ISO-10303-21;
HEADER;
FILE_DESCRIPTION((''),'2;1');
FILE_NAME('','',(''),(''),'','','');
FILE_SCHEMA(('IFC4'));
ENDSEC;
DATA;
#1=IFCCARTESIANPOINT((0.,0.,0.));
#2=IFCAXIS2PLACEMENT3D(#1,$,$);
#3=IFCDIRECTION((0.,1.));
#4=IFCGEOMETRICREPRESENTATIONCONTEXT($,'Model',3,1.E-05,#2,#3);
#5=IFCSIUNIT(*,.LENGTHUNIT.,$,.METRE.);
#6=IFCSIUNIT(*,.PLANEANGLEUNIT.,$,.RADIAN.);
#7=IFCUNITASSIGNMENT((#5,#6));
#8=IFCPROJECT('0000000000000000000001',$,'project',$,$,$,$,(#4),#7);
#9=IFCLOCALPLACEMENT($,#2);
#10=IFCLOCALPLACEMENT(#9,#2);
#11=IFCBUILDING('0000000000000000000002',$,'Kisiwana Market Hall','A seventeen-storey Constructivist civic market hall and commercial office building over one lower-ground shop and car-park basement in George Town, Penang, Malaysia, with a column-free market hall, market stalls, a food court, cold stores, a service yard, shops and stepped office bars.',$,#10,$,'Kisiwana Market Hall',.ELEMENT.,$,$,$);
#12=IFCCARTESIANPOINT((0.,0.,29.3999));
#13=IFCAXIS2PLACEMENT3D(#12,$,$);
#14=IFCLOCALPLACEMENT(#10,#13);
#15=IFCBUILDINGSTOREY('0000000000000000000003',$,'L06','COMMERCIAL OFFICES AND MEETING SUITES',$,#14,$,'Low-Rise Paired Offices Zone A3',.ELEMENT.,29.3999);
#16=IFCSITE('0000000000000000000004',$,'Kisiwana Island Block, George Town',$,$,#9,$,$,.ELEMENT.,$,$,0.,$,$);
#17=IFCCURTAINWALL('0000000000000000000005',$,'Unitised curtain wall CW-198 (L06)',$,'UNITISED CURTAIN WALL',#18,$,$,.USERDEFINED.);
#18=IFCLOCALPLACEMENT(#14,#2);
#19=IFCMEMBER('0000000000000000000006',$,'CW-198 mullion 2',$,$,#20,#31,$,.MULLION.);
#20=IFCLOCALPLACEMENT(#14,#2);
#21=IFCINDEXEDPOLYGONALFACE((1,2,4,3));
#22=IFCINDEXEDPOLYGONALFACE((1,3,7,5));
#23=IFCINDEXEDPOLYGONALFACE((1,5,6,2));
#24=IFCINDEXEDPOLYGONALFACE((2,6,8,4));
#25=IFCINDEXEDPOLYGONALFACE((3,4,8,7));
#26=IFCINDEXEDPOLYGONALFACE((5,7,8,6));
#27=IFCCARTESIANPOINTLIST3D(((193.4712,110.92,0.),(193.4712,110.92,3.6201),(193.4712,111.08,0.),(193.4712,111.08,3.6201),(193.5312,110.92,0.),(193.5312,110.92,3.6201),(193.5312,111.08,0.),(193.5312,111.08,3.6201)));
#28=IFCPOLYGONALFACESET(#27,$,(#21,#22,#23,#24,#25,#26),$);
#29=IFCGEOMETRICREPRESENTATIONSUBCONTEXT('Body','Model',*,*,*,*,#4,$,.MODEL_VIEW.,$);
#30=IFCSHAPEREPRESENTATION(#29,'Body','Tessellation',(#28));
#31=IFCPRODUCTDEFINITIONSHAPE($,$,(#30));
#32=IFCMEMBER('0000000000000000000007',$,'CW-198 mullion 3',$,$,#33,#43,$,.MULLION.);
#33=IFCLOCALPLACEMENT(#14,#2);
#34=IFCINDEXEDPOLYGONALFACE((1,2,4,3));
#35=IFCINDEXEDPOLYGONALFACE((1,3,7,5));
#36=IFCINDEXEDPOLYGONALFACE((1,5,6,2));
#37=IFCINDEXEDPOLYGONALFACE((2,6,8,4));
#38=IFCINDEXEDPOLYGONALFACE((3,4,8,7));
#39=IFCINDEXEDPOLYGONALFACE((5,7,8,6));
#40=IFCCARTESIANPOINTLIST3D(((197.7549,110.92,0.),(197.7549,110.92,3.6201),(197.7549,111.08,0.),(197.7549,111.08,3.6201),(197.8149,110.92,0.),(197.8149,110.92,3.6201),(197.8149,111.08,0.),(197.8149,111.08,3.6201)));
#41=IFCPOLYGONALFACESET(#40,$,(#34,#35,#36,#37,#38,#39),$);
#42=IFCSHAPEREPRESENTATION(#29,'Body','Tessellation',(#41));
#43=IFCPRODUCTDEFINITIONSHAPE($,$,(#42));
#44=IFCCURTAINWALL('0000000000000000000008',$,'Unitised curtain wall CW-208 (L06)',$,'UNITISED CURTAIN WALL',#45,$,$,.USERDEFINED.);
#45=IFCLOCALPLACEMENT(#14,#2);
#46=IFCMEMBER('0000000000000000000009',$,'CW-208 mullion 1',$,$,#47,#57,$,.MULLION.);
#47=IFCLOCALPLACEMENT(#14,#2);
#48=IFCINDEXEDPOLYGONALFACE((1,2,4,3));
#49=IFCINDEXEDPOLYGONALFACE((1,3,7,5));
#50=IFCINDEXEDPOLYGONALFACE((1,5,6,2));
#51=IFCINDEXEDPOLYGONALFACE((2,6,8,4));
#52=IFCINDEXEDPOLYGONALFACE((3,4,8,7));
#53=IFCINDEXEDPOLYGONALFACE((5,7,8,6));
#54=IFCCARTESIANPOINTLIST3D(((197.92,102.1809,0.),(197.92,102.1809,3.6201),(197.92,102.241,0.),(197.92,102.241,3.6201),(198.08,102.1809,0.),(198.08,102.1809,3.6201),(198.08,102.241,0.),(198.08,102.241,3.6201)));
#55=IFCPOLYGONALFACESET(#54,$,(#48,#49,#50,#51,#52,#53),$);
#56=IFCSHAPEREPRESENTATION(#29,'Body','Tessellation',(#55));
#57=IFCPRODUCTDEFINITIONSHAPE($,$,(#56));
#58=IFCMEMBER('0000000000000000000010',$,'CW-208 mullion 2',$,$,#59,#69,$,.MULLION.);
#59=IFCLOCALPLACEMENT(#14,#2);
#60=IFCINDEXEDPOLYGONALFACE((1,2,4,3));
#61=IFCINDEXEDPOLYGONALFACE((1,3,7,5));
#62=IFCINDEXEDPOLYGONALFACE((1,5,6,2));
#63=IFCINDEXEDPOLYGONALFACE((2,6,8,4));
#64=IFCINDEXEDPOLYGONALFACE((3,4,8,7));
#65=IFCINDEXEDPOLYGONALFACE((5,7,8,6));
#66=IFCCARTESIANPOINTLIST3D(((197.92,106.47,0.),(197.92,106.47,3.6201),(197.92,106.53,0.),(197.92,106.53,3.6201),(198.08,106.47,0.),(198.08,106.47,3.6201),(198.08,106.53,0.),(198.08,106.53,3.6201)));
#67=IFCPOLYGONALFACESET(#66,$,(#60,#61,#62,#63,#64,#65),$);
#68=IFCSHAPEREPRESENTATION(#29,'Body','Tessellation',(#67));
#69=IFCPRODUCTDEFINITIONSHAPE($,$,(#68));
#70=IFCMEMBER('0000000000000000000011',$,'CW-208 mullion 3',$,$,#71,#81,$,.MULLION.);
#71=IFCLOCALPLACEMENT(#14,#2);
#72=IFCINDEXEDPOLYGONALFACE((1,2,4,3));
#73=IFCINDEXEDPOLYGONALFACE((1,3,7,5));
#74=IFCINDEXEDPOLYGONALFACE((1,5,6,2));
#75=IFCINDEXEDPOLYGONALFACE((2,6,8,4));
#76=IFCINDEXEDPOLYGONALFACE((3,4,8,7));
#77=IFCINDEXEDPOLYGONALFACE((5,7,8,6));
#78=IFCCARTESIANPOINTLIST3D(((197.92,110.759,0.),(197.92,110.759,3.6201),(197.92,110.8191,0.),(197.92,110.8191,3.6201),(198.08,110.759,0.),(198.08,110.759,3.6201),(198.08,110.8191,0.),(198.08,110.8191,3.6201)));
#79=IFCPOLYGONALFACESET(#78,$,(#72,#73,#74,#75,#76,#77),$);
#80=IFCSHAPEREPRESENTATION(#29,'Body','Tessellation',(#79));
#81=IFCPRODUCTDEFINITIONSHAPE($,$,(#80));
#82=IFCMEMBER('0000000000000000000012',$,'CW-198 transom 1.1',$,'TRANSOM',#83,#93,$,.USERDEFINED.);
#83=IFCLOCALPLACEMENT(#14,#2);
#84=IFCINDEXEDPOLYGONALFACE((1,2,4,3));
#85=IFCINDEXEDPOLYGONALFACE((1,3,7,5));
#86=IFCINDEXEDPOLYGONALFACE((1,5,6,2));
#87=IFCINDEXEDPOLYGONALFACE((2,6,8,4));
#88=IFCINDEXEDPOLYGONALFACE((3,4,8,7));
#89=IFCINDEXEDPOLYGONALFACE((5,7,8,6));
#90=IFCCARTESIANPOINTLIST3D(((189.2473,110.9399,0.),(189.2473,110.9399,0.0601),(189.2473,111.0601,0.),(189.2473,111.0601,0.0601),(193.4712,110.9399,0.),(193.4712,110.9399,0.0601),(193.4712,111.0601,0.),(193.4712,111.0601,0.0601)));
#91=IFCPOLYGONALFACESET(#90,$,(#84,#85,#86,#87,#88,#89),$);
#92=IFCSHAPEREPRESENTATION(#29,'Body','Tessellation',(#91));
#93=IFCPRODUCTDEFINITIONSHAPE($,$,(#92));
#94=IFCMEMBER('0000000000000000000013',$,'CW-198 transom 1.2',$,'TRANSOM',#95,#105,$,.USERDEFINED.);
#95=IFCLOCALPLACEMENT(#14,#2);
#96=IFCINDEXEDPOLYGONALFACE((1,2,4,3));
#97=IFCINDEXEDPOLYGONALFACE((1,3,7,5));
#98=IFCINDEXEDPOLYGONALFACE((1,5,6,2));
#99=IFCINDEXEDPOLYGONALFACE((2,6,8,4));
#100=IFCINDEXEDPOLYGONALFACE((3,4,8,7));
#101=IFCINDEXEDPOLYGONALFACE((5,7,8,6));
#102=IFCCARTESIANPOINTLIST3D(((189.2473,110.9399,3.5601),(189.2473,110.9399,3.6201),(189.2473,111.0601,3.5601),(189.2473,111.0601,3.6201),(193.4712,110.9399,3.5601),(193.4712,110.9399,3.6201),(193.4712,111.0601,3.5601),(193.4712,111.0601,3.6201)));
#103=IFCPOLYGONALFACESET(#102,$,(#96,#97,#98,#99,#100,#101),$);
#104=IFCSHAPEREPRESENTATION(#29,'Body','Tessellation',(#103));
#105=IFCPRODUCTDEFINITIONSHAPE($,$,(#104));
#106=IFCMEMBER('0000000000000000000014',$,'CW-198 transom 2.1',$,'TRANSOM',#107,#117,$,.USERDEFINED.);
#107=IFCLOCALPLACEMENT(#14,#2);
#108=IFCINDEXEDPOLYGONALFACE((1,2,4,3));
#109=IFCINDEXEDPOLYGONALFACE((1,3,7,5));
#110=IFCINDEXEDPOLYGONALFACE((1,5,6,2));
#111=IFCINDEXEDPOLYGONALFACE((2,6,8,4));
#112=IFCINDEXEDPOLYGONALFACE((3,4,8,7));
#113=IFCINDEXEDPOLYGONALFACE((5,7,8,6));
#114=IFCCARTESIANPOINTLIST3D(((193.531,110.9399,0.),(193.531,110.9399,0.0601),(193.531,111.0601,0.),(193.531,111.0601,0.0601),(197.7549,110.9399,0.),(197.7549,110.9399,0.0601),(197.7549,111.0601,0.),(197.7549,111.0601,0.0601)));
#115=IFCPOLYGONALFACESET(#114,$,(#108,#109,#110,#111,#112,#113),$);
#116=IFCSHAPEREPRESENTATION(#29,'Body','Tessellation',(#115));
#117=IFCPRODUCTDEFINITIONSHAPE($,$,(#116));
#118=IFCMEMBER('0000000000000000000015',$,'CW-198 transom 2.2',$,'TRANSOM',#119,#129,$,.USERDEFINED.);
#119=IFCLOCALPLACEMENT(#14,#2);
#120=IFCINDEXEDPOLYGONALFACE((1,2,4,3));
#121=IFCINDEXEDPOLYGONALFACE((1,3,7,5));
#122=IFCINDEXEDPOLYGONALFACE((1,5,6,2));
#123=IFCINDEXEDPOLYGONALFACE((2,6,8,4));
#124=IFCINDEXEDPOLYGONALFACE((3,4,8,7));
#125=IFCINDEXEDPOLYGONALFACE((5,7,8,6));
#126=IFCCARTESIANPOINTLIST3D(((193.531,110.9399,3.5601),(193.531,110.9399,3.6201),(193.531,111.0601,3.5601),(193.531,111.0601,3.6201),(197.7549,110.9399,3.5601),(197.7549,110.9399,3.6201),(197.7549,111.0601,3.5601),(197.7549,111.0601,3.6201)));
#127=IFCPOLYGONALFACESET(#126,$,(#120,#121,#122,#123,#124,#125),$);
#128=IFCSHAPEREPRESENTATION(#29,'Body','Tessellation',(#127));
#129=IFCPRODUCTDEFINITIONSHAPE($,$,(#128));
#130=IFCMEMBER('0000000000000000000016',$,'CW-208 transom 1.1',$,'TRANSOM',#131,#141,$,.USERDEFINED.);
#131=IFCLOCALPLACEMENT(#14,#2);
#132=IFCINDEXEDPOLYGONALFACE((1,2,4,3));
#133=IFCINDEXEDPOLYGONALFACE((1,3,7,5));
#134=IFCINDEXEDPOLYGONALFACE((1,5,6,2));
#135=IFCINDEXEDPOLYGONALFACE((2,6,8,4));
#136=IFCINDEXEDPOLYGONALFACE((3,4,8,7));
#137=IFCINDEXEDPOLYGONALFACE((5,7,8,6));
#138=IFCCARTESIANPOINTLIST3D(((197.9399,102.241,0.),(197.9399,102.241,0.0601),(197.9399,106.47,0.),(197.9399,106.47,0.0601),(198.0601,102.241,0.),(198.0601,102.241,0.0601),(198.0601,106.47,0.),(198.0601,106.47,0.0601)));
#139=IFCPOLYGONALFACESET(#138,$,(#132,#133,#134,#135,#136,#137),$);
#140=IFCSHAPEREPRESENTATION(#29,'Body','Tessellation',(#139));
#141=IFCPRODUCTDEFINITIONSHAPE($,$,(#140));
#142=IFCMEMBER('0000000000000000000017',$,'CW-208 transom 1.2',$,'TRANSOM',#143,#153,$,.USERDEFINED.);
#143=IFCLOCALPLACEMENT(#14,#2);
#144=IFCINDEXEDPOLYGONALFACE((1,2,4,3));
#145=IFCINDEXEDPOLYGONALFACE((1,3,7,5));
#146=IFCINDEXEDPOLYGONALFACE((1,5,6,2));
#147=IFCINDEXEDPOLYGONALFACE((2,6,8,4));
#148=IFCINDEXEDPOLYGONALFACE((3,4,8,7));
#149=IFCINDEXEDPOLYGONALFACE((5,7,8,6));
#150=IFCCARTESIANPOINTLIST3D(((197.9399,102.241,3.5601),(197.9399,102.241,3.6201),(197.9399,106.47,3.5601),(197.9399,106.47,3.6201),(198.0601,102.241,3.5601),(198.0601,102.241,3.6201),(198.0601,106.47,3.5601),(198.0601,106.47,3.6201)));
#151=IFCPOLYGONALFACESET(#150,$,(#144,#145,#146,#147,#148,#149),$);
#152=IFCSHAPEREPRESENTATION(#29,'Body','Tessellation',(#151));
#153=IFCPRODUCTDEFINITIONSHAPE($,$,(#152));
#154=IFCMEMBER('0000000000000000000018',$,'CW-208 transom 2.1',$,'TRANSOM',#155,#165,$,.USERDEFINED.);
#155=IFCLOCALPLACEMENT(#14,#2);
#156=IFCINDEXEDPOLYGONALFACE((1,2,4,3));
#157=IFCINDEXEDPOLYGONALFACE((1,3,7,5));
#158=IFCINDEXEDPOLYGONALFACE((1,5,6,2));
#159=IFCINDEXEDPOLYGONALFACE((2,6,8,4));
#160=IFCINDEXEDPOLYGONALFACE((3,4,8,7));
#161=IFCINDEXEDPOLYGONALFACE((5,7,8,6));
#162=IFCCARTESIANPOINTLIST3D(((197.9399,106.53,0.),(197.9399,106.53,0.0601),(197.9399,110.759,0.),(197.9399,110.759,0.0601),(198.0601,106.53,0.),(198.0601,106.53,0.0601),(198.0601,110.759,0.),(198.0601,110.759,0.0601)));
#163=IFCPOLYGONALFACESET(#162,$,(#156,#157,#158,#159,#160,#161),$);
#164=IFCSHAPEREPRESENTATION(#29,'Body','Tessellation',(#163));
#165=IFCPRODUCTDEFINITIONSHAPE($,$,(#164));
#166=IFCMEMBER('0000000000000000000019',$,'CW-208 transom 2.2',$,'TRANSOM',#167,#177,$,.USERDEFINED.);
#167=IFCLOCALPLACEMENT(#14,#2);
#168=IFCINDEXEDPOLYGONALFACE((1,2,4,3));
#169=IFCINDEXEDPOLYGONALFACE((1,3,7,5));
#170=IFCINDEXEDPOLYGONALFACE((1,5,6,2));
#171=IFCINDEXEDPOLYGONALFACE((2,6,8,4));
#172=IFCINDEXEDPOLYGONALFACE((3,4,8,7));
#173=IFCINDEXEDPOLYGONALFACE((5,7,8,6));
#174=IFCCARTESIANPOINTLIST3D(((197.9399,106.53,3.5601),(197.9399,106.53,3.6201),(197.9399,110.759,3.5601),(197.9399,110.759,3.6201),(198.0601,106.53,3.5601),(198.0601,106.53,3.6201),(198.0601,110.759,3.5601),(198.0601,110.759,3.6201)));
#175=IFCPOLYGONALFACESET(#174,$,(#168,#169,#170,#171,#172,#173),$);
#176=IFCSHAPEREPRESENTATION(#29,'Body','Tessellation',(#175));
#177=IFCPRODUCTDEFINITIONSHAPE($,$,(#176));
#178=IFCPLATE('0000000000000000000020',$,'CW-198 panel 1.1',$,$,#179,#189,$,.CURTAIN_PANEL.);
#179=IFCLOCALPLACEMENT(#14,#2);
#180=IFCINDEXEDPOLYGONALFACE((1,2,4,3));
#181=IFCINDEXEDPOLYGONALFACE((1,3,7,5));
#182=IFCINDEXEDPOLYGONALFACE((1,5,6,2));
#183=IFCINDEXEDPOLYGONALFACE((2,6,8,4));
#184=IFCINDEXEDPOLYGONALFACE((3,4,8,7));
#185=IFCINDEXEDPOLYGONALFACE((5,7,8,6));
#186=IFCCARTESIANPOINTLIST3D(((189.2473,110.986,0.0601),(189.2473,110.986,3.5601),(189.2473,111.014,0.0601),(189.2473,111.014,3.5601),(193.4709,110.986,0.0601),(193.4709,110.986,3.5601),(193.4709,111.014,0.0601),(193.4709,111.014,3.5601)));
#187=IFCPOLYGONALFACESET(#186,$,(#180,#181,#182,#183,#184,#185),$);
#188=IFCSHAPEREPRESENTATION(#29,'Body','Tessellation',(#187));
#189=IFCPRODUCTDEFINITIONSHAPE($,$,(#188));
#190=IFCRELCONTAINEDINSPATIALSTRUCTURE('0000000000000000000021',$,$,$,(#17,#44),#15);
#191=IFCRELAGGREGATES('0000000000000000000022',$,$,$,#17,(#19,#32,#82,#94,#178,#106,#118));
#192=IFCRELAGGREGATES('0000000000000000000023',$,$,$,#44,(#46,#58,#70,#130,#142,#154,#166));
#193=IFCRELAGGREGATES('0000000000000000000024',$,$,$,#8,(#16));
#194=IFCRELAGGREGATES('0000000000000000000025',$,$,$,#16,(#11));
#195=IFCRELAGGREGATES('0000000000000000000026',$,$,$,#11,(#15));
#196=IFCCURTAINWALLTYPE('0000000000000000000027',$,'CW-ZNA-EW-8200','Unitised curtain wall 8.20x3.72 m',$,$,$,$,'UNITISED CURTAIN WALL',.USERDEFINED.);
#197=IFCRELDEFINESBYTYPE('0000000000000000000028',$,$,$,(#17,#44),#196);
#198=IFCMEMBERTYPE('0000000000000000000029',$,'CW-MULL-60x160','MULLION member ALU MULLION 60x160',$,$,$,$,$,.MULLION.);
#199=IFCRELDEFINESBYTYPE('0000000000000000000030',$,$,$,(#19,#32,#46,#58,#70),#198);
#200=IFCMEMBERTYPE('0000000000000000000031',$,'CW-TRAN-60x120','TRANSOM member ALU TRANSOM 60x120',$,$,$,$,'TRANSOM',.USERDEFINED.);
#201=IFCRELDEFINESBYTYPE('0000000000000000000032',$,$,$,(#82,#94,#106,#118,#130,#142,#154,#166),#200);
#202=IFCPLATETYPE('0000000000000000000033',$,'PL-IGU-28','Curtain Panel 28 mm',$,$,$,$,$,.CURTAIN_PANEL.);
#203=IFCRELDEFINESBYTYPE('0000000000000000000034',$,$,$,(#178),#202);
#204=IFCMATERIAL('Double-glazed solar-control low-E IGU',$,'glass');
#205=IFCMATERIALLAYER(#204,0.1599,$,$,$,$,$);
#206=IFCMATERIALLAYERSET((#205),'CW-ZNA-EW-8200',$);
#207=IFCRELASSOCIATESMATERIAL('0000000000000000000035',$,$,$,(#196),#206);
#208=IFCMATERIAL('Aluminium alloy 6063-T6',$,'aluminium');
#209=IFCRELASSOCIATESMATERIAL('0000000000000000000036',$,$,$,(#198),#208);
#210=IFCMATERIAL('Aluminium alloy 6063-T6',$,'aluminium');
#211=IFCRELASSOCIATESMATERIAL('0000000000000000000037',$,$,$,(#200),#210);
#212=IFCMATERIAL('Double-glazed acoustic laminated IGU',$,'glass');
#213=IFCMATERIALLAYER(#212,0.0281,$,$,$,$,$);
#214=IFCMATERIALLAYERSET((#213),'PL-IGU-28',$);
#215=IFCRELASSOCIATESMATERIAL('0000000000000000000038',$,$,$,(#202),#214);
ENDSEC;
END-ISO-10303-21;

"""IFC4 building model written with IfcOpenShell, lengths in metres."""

from ifc_helpers import new_model, si_unit, direction, frame, origin, origin_2d, place, context, subcontext, project, spatial, rectangle, extrude, material, layer, layer_set, material_profile, profile_set, type_object, element, aggregate, save


model = new_model("IFC4")

# Units and contexts
model_context = context("Model", 3, precision=1e-05, world=origin(), true_north=direction((0.0, 1.0)))
body_context = subcontext(model_context, "Body", "Model", "MODEL_VIEW")
ifc_project = project(units=[si_unit("LENGTHUNIT", "METRE"), si_unit("PLANEANGLEUNIT", "RADIAN")], contexts=[model_context])

# Site, building, storey
site_placement = place(None, origin())
site = spatial("IfcSite", under=ifc_project, at=site_placement, Name="Kisiwana Island Block, George Town", CompositionType="ELEMENT", RefElevation=0.0)
building_placement = place(site_placement, origin())
building = spatial("IfcBuilding", under=site, at=building_placement, Name="Kisiwana Market Hall", Description="A seventeen-storey Constructivist civic market hall and commercial office building over one lower-ground shop and car-park basement in George Town, Penang, Malaysia, with a column-free market hall, market stalls, a food court, cold stores, a service yard, shops and stepped office bars.", LongName="Kisiwana Market Hall", CompositionType="ELEMENT")
storey_placement = place(building_placement, frame((0.0, 0.0, 29.3999)))
storey = spatial("IfcBuildingStorey", under=building, at=storey_placement, Name="L06", Description="COMMERCIAL OFFICES AND MEETING SUITES", LongName="Low-Rise Paired Offices Zone A3", CompositionType="ELEMENT", Elevation=29.3999)

# Curtain walls, members
ifc_material_1 = material(Name="Double-glazed solar-control low-E IGU", Category="glass")
ifc_layer_1 = layer(ifc_material_1, 0.1599)
ifc_layer_set_1 = layer_set([ifc_layer_1], Name="CW-ZNA-EW-8200")
curtain_wall_type = type_object("IfcCurtainWallType", Name="CW-ZNA-EW-8200", Description="Unitised curtain wall 8.20x3.72 m", ElementType="UNITISED CURTAIN WALL", PredefinedType="USERDEFINED", material=ifc_layer_set_1)
curtain_wall_1_placement = place(storey_placement, origin())
curtain_wall_1 = element("IfcCurtainWall", 1, at=curtain_wall_1_placement, inside=storey, type_object=curtain_wall_type, Name="Unitised curtain wall CW-198 (L06)", ObjectType="UNITISED CURTAIN WALL", PredefinedType="USERDEFINED")
ifc_material_2 = material(Name="Aluminium alloy 6063-T6", Category="aluminium")
ifc_material_profile_1 = material_profile(ifc_material_2, rectangle(XDim=0.0601, YDim=0.1599, at=origin_2d()), Name="ALU MULLION 60x160")
ifc_profile_set_1 = profile_set([ifc_material_profile_1], Name="Aluminium alloy 6063-T6")
member_type_1 = type_object("IfcMemberType", Name="CW-MULL-60x160", Description="MULLION member ALU MULLION 60x160", PredefinedType="MULLION", material=ifc_profile_set_1)
member_1_placement = place(storey_placement, frame((193.5012, 111.0, 0.0), z_axis=(0.0, 0.0, 1.0), x_axis=(1.0, 0.0, 0.0)))
member_1 = element("IfcMember", 2, at=member_1_placement, type_object=member_type_1, Name="CW-198 mullion 2", PredefinedType="MULLION", context=body_context, shape_type="SweptSolid", body=[
    extrude(rectangle(XDim=0.0601, YDim=0.1599, at=origin_2d()), origin(), (0.0, 0.0, 1.0), 3.6201),
])
member_2_placement = place(storey_placement, frame((197.7849, 111.0, 0.0), z_axis=(0.0, 0.0, 1.0), x_axis=(1.0, 0.0, 0.0)))
member_2 = element("IfcMember", 3, at=member_2_placement, type_object=member_type_1, Name="CW-198 mullion 3", PredefinedType="MULLION", context=body_context, shape_type="SweptSolid", body=[
    extrude(rectangle(XDim=0.0601, YDim=0.1599, at=origin_2d()), origin(), (0.0, 0.0, 1.0), 3.6201),
])
curtain_wall_2_placement = place(storey_placement, origin())
curtain_wall_2 = element("IfcCurtainWall", 4, at=curtain_wall_2_placement, inside=storey, type_object=curtain_wall_type, Name="Unitised curtain wall CW-208 (L06)", ObjectType="UNITISED CURTAIN WALL", PredefinedType="USERDEFINED")
member_3_placement = place(storey_placement, frame((198.0, 102.2109, 0.0), z_axis=(0.0, 0.0, 1.0), x_axis=(0.0, 1.0, 0.0)))
member_3 = element("IfcMember", 5, at=member_3_placement, type_object=member_type_1, Name="CW-208 mullion 1", PredefinedType="MULLION", context=body_context, shape_type="SweptSolid", body=[
    extrude(rectangle(XDim=0.0601, YDim=0.1599, at=origin_2d()), origin(), (0.0, 0.0, 1.0), 3.6201),
])
member_4_placement = place(storey_placement, frame((198.0, 106.5, 0.0), z_axis=(0.0, 0.0, 1.0), x_axis=(0.0, 1.0, 0.0)))
member_4 = element("IfcMember", 6, at=member_4_placement, type_object=member_type_1, Name="CW-208 mullion 2", PredefinedType="MULLION", context=body_context, shape_type="SweptSolid", body=[
    extrude(rectangle(XDim=0.0601, YDim=0.1599, at=origin_2d()), origin(), (0.0, 0.0, 1.0), 3.6201),
])
member_5_placement = place(storey_placement, frame((198.0, 110.7891, 0.0), z_axis=(0.0, 0.0, 1.0), x_axis=(0.0, 1.0, 0.0)))
member_5 = element("IfcMember", 7, at=member_5_placement, type_object=member_type_1, Name="CW-208 mullion 3", PredefinedType="MULLION", context=body_context, shape_type="SweptSolid", body=[
    extrude(rectangle(XDim=0.0601, YDim=0.1599, at=origin_2d()), origin(), (0.0, 0.0, 1.0), 3.6201),
])

# Members
ifc_material_3 = material(Name="Aluminium alloy 6063-T6", Category="aluminium")
ifc_material_profile_2 = material_profile(ifc_material_3, rectangle(XDim=0.1201, YDim=0.0601, at=origin_2d()), Name="ALU TRANSOM 60x120")
ifc_profile_set_2 = profile_set([ifc_material_profile_2], Name="Aluminium alloy 6063-T6")
member_type_2 = type_object("IfcMemberType", Name="CW-TRAN-60x120", Description="TRANSOM member ALU TRANSOM 60x120", ElementType="TRANSOM", PredefinedType="USERDEFINED", material=ifc_profile_set_2)
member_6_placement = place(storey_placement, frame((189.2473, 111.0, 0.03), z_axis=(1.0, 0.0, 0.0), x_axis=(0.0, 1.0, 0.0)))
member_6 = element("IfcMember", 8, at=member_6_placement, type_object=member_type_2, Name="CW-198 transom 1.1", ObjectType="TRANSOM", PredefinedType="USERDEFINED", context=body_context, shape_type="SweptSolid", body=[
    extrude(rectangle(XDim=0.1201, YDim=0.0601, at=origin_2d()), origin(), (0.0, 0.0, 1.0), 4.2239),
])
member_7_placement = place(storey_placement, frame((189.2473, 111.0, 3.5901), z_axis=(1.0, 0.0, 0.0), x_axis=(0.0, 1.0, 0.0)))
member_7 = element("IfcMember", 9, at=member_7_placement, type_object=member_type_2, Name="CW-198 transom 1.2", ObjectType="TRANSOM", PredefinedType="USERDEFINED", context=body_context, shape_type="SweptSolid", body=[
    extrude(rectangle(XDim=0.1201, YDim=0.0601, at=origin_2d()), origin(), (0.0, 0.0, 1.0), 4.2239),
])
member_8_placement = place(storey_placement, frame((193.531, 111.0, 0.03), z_axis=(1.0, 0.0, 0.0), x_axis=(0.0, 1.0, 0.0)))
member_8 = element("IfcMember", 10, at=member_8_placement, type_object=member_type_2, Name="CW-198 transom 2.1", ObjectType="TRANSOM", PredefinedType="USERDEFINED", context=body_context, shape_type="SweptSolid", body=[
    extrude(rectangle(XDim=0.1201, YDim=0.0601, at=origin_2d()), origin(), (0.0, 0.0, 1.0), 4.2239),
])
member_9_placement = place(storey_placement, frame((193.531, 111.0, 3.5901), z_axis=(1.0, 0.0, 0.0), x_axis=(0.0, 1.0, 0.0)))
member_9 = element("IfcMember", 11, at=member_9_placement, type_object=member_type_2, Name="CW-198 transom 2.2", ObjectType="TRANSOM", PredefinedType="USERDEFINED", context=body_context, shape_type="SweptSolid", body=[
    extrude(rectangle(XDim=0.1201, YDim=0.0601, at=origin_2d()), origin(), (0.0, 0.0, 1.0), 4.2239),
])
member_10_placement = place(storey_placement, frame((198.0, 102.241, 0.03), z_axis=(0.0, 1.0, 0.0), x_axis=(-1.0, 0.0, 0.0)))
member_10 = element("IfcMember", 12, at=member_10_placement, type_object=member_type_2, Name="CW-208 transom 1.1", ObjectType="TRANSOM", PredefinedType="USERDEFINED", context=body_context, shape_type="SweptSolid", body=[
    extrude(rectangle(XDim=0.1201, YDim=0.0601, at=origin_2d()), origin(), (0.0, 0.0, 1.0), 4.229),
])
member_11_placement = place(storey_placement, frame((198.0, 102.241, 3.5901), z_axis=(0.0, 1.0, 0.0), x_axis=(-1.0, 0.0, 0.0)))
member_11 = element("IfcMember", 13, at=member_11_placement, type_object=member_type_2, Name="CW-208 transom 1.2", ObjectType="TRANSOM", PredefinedType="USERDEFINED", context=body_context, shape_type="SweptSolid", body=[
    extrude(rectangle(XDim=0.1201, YDim=0.0601, at=origin_2d()), origin(), (0.0, 0.0, 1.0), 4.229),
])
member_12_placement = place(storey_placement, frame((198.0, 106.53, 0.03), z_axis=(0.0, 1.0, 0.0), x_axis=(-1.0, 0.0, 0.0)))
member_12 = element("IfcMember", 14, at=member_12_placement, type_object=member_type_2, Name="CW-208 transom 2.1", ObjectType="TRANSOM", PredefinedType="USERDEFINED", context=body_context, shape_type="SweptSolid", body=[
    extrude(rectangle(XDim=0.1201, YDim=0.0601, at=origin_2d()), origin(), (0.0, 0.0, 1.0), 4.229),
])
member_13_placement = place(storey_placement, frame((198.0, 106.53, 3.5901), z_axis=(0.0, 1.0, 0.0), x_axis=(-1.0, 0.0, 0.0)))
member_13 = element("IfcMember", 15, at=member_13_placement, type_object=member_type_2, Name="CW-208 transom 2.2", ObjectType="TRANSOM", PredefinedType="USERDEFINED", context=body_context, shape_type="SweptSolid", body=[
    extrude(rectangle(XDim=0.1201, YDim=0.0601, at=origin_2d()), origin(), (0.0, 0.0, 1.0), 4.229),
])

# Plate
ifc_material_4 = material(Name="Double-glazed acoustic laminated IGU", Category="glass")
ifc_layer_2 = layer(ifc_material_4, 0.0281)
ifc_layer_set_2 = layer_set([ifc_layer_2], Name="PL-IGU-28")
plate_type = type_object("IfcPlateType", Name="PL-IGU-28", Description="Curtain Panel 28 mm", PredefinedType="CURTAIN_PANEL", material=ifc_layer_set_2)
plate_1_placement = place(storey_placement, frame((191.3591, 111.0, 0.0601), z_axis=(0.0, 0.0, 1.0), x_axis=(1.0, 0.0, 0.0)))
plate_1 = element("IfcPlate", 16, at=plate_1_placement, type_object=plate_type, Name="CW-198 panel 1.1", PredefinedType="CURTAIN_PANEL", context=body_context, shape_type="SweptSolid", body=[
    extrude(rectangle(XDim=4.2236, YDim=0.0281, at=origin_2d()), origin(), (0.0, 0.0, 1.0), 3.5),
])
aggregate(curtain_wall_1, [member_1, member_2, member_6, member_7, plate_1, member_8, member_9])
aggregate(curtain_wall_2, [member_3, member_4, member_5, member_10, member_11, member_12, member_13])

save(model, "model.ifc")
